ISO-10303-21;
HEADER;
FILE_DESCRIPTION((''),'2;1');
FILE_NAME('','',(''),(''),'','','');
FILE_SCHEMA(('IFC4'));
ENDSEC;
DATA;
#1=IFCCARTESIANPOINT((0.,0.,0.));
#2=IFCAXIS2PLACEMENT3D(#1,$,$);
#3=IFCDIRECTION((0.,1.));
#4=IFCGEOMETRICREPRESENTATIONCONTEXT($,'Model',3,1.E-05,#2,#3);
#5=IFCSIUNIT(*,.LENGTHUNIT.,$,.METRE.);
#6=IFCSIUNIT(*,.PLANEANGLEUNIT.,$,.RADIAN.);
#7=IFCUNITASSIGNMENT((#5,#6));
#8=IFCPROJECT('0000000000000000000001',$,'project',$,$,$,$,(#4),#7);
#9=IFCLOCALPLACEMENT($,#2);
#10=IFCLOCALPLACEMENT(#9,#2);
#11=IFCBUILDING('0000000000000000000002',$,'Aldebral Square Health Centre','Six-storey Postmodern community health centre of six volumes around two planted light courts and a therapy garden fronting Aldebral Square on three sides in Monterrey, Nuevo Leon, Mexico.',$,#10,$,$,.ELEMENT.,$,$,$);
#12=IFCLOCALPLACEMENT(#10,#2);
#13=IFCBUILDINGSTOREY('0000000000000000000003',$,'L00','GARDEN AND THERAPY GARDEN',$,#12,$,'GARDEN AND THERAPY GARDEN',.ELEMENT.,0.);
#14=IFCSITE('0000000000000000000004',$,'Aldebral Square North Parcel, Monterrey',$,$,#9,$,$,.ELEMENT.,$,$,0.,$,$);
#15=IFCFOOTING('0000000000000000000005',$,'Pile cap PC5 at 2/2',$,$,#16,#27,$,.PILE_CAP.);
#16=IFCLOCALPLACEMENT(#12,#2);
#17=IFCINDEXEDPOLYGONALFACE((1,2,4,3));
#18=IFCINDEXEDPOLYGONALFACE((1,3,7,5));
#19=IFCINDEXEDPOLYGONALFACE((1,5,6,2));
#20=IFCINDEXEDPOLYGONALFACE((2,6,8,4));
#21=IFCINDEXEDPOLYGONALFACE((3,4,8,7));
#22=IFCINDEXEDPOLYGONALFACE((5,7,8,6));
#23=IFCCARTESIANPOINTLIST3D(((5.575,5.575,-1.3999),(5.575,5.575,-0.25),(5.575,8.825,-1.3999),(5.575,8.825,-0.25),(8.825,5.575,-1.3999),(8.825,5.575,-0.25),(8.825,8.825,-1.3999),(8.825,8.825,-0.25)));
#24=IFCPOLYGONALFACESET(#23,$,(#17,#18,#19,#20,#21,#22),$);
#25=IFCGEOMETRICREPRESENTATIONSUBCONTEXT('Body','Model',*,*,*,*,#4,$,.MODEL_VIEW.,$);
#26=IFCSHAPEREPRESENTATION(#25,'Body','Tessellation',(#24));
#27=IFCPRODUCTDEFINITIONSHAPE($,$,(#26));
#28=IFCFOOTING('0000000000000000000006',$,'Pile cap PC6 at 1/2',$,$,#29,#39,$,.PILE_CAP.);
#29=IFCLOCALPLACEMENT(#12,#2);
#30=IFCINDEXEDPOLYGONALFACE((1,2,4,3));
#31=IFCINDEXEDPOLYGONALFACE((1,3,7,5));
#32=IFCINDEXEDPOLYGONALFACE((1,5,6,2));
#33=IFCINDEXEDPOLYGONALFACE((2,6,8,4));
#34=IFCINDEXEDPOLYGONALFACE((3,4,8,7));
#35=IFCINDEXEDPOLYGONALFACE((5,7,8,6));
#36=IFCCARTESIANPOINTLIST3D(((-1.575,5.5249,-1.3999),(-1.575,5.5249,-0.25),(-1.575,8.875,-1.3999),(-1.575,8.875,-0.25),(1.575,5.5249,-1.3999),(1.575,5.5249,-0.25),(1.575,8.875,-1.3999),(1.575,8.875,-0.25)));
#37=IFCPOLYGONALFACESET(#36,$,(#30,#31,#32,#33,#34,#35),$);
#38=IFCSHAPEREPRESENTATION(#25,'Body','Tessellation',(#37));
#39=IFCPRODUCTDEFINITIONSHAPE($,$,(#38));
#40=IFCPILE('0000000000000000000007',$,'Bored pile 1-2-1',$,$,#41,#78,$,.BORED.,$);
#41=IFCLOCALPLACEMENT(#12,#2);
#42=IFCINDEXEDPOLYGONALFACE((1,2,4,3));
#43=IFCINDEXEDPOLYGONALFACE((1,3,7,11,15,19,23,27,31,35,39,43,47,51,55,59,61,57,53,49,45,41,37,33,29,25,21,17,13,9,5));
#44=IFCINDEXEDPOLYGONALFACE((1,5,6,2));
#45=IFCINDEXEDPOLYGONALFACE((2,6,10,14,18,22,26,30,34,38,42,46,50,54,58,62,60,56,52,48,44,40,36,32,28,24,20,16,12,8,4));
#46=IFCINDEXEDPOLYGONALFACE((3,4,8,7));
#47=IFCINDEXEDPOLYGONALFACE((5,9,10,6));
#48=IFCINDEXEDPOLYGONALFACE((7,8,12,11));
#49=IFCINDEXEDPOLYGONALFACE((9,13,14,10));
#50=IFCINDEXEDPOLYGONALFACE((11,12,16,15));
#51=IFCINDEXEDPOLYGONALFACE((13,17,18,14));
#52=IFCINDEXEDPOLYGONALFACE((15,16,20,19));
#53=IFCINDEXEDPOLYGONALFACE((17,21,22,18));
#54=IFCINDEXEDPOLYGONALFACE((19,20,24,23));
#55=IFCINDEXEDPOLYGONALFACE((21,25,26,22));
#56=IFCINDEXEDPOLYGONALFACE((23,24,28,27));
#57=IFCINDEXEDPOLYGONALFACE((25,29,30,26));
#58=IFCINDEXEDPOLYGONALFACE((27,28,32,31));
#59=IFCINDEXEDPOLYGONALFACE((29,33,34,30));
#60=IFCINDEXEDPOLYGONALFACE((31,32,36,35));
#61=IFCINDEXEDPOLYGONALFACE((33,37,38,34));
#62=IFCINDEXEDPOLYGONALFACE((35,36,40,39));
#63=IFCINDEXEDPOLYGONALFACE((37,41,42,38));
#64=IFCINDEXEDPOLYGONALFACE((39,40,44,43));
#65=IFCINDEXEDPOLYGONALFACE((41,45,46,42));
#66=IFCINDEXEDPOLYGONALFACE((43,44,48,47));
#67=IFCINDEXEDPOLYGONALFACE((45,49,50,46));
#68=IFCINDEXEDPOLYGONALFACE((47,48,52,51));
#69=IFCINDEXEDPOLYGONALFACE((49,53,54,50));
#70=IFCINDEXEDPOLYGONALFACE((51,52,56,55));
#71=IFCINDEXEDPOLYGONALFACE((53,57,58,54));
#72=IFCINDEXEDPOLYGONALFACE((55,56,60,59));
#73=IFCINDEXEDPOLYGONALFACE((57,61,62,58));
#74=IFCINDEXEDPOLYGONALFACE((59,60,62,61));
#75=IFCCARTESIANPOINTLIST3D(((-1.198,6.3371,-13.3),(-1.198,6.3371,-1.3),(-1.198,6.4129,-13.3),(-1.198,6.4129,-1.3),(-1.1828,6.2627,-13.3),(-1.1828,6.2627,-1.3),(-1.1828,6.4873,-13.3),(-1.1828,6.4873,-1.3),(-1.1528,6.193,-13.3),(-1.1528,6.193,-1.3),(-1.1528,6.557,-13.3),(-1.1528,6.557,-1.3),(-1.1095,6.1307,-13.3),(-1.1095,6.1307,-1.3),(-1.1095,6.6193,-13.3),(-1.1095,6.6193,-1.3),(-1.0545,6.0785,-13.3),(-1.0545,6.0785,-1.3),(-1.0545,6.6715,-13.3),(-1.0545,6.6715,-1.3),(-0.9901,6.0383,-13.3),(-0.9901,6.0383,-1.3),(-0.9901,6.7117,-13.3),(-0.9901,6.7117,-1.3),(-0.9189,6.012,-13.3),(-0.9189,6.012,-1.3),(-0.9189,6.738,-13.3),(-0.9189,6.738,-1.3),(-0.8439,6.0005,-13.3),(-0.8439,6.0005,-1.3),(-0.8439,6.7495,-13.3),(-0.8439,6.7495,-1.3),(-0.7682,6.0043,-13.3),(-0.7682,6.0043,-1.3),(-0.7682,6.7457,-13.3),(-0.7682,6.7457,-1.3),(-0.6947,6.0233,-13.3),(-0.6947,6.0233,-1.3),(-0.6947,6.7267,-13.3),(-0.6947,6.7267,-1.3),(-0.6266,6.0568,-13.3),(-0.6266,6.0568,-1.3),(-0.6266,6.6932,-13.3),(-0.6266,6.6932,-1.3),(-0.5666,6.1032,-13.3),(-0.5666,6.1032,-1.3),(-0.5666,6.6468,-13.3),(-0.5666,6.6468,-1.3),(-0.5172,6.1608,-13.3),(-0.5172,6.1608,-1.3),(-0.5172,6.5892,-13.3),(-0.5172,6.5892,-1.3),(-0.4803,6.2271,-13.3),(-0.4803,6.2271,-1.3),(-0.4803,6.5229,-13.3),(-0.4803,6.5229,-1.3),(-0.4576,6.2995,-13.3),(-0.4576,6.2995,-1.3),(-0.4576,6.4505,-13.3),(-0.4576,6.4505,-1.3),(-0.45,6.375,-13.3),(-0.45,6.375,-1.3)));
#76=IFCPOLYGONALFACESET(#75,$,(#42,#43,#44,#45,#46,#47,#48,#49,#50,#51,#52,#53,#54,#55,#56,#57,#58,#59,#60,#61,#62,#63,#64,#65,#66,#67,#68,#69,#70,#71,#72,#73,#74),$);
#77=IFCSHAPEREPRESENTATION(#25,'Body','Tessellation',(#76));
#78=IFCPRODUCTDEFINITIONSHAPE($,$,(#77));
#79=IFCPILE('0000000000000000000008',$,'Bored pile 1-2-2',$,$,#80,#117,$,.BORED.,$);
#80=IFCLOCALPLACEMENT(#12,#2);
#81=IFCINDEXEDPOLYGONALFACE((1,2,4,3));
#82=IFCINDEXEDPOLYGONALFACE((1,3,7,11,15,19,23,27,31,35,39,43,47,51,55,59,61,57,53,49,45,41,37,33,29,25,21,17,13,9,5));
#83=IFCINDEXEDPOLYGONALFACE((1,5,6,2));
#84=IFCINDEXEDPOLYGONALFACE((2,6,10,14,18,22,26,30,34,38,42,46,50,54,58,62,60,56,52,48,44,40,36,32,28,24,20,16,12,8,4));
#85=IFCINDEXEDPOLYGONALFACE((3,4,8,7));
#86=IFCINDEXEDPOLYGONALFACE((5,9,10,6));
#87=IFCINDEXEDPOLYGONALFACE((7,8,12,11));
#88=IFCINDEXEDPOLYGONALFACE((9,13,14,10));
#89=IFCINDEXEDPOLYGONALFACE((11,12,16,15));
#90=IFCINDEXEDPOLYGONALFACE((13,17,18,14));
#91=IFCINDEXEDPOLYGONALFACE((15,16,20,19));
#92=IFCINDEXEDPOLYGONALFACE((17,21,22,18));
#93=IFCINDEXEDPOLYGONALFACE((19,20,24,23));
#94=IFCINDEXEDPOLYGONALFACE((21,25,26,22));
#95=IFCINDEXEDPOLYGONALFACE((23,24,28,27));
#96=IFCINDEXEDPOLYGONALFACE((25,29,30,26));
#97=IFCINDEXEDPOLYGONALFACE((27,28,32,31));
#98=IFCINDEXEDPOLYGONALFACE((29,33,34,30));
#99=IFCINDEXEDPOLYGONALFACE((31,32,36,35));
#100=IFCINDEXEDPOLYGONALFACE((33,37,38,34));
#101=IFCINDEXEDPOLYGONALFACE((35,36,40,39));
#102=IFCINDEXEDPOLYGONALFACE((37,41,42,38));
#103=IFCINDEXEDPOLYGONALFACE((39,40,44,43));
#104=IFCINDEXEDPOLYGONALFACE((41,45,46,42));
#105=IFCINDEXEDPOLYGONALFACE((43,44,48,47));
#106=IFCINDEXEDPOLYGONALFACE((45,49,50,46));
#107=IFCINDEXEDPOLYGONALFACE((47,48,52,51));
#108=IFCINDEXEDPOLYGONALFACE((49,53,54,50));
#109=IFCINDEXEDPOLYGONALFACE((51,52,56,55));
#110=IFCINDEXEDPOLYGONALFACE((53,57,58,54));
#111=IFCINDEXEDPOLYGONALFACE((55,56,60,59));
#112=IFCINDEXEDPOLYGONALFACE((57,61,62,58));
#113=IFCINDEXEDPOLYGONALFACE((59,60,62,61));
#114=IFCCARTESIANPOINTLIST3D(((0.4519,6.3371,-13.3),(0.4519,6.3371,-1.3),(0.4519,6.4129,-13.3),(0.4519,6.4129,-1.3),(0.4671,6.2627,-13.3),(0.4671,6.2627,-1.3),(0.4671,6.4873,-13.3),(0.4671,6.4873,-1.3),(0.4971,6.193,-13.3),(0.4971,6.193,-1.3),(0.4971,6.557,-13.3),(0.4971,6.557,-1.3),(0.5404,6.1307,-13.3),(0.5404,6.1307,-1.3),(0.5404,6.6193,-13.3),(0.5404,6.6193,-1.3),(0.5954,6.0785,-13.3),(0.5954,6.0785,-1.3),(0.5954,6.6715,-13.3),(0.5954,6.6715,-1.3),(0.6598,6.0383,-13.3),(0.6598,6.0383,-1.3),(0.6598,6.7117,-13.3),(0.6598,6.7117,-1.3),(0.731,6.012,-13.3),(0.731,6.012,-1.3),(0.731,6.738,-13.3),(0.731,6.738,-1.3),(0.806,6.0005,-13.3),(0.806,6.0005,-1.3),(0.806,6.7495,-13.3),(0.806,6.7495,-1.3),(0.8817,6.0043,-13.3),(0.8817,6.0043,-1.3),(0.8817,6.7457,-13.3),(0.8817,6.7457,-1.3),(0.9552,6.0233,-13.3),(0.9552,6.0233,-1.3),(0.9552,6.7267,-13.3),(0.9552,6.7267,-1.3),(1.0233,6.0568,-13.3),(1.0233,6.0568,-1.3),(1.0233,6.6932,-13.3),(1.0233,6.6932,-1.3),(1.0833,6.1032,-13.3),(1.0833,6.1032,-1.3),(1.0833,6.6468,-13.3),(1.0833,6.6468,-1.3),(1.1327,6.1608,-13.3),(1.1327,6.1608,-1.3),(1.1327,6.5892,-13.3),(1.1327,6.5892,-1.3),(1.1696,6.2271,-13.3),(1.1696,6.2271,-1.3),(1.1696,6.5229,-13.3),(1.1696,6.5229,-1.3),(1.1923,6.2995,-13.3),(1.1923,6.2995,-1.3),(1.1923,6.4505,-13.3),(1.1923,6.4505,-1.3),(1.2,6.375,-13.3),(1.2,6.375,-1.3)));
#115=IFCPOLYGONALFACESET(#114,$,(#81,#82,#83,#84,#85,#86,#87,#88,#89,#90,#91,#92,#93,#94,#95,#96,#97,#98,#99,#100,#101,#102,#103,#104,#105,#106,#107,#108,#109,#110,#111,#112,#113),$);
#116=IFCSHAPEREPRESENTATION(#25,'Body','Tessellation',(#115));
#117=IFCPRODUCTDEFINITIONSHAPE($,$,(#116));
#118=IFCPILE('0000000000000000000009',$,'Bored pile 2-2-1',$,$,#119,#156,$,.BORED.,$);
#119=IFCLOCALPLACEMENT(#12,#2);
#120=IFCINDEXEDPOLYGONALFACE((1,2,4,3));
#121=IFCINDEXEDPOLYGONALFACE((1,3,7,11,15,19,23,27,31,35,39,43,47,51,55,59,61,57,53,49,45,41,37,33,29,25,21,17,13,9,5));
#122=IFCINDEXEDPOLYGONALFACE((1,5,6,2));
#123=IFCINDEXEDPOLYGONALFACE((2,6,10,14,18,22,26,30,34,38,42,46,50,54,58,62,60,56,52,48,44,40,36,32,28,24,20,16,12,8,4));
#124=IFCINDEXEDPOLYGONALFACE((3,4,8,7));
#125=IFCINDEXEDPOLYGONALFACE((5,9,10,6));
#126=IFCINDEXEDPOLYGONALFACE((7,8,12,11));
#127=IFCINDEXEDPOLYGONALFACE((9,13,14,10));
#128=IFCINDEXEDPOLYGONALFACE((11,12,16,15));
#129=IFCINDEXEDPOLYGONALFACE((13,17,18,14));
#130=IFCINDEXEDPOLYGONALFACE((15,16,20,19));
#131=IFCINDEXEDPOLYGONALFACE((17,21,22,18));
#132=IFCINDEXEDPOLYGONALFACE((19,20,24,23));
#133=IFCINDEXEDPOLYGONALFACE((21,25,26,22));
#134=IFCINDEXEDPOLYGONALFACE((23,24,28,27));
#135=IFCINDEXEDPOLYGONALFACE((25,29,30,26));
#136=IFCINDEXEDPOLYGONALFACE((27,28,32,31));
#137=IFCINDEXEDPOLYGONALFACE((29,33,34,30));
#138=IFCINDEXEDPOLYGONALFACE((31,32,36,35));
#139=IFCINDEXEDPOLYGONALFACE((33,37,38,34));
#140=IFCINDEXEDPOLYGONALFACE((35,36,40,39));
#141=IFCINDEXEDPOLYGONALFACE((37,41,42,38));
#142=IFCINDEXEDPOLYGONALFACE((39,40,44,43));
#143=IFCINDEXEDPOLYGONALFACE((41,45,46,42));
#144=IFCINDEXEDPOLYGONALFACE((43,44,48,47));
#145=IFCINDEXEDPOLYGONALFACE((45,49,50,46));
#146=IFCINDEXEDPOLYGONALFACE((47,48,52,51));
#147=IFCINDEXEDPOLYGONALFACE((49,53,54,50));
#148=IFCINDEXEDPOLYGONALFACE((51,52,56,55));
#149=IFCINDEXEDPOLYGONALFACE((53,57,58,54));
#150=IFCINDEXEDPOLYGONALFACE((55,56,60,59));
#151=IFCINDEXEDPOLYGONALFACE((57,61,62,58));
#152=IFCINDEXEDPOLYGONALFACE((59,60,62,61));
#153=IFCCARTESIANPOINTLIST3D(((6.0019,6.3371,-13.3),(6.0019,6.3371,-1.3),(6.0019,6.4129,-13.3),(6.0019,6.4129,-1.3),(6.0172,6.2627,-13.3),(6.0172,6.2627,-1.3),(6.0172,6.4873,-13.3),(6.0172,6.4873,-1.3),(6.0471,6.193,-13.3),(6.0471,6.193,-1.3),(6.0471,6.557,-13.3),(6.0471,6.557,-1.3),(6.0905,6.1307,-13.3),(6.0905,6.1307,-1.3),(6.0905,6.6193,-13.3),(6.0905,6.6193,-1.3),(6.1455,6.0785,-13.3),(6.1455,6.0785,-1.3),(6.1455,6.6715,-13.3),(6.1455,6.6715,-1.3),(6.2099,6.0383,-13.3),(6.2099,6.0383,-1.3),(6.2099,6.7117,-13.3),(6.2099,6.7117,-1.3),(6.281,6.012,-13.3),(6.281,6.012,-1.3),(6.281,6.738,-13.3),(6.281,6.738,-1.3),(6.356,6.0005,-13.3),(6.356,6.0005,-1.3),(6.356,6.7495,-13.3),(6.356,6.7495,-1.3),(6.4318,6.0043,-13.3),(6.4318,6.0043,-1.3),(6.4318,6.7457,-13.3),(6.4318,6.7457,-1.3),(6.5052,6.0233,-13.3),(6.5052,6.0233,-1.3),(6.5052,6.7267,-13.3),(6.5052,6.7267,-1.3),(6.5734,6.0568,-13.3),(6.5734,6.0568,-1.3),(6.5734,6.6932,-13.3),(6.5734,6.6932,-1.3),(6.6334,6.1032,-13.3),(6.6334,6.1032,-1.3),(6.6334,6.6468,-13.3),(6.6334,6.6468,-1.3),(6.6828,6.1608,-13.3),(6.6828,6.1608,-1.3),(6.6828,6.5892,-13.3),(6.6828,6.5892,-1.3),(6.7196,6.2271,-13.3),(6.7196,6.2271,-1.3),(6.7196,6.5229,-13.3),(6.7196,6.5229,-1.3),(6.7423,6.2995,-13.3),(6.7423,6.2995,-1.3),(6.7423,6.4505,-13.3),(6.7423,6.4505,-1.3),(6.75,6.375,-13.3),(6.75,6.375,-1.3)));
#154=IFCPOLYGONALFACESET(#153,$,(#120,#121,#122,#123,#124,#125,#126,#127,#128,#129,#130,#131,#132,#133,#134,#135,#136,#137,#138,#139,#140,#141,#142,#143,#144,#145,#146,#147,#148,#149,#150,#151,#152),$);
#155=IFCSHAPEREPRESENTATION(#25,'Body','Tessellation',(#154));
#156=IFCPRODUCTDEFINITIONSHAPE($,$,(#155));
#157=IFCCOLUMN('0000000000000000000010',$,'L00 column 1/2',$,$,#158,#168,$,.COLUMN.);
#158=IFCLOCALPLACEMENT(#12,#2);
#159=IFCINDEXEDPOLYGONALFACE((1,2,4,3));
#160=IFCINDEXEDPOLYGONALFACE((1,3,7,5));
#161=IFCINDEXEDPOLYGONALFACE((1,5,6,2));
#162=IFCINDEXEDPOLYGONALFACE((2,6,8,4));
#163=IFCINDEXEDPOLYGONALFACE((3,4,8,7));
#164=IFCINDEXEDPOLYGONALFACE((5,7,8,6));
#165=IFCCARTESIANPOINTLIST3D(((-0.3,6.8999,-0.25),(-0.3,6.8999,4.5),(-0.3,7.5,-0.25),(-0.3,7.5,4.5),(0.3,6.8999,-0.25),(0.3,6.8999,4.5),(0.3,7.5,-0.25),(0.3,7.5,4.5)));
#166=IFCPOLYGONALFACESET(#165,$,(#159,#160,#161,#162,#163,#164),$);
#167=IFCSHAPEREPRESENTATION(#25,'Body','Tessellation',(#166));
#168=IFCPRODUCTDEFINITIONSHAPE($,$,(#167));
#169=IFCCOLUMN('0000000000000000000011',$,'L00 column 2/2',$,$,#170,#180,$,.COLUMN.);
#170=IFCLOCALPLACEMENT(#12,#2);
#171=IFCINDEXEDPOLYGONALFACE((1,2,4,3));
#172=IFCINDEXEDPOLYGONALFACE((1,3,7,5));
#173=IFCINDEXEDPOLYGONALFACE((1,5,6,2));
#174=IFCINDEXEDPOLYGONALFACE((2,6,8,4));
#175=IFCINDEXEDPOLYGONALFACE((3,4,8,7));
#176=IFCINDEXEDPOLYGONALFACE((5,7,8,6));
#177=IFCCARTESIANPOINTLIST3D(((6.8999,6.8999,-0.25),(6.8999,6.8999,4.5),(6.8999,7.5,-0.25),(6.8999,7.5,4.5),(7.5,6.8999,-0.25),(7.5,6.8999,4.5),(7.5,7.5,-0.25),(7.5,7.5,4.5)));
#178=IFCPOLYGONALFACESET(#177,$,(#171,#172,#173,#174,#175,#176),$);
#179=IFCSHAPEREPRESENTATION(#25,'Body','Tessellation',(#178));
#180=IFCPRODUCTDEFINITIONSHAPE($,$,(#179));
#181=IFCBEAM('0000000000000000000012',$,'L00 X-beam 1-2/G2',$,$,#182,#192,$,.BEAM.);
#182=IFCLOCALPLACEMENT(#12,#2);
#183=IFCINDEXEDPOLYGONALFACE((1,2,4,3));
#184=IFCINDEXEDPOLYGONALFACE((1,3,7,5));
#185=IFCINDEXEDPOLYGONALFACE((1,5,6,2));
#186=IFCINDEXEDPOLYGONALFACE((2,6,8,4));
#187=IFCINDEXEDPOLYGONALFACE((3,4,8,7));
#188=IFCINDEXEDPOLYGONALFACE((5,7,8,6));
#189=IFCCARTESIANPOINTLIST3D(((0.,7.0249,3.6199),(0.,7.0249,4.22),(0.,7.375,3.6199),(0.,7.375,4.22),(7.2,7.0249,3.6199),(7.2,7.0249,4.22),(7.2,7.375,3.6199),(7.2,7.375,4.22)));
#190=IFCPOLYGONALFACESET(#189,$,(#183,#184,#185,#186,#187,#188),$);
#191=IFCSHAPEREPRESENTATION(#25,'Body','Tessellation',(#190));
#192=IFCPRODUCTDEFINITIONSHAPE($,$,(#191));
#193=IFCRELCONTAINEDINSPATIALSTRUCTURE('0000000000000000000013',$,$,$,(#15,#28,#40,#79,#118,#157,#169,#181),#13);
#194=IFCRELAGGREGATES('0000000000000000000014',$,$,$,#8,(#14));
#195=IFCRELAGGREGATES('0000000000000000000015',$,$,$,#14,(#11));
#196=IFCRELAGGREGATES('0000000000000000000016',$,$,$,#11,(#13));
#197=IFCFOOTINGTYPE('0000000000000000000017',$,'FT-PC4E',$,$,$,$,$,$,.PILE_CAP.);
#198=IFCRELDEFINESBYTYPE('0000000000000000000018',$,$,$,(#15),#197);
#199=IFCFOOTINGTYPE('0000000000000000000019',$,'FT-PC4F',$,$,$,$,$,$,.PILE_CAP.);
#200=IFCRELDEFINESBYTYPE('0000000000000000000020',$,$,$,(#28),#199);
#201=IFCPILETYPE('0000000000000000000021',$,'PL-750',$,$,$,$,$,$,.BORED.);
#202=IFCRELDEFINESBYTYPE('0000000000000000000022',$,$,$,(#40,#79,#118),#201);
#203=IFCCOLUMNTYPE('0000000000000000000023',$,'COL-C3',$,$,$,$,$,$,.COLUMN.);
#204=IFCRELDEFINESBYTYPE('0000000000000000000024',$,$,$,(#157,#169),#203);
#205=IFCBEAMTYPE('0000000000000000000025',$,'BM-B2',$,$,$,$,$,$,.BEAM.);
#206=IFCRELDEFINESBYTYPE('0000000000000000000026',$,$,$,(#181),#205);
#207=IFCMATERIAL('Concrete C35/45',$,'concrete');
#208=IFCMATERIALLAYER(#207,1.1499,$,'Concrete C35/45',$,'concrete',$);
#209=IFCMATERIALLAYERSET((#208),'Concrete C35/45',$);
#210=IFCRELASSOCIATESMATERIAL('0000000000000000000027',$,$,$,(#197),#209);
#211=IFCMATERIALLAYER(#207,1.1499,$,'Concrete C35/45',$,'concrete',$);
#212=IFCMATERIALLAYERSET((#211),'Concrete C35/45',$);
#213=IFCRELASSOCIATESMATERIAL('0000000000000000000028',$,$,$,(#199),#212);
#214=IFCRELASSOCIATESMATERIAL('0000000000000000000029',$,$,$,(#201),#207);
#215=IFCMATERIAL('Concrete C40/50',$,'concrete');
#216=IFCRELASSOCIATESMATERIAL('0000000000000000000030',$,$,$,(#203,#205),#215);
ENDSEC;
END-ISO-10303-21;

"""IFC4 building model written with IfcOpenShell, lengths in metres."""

from ifc_helpers import new_model, si_unit, direction, frame, origin, origin_2d, place, context, subcontext, project, spatial, rectangle, circle, extrude, material, layer, layer_set, material_profile, profile_set, type_object, element, save


model = new_model("IFC4")

# Units and contexts
model_context = context("Model", 3, precision=1e-05, world=origin(), true_north=direction((0.0, 1.0)))
body_context = subcontext(model_context, "Body", "Model", "MODEL_VIEW")
ifc_project = project(units=[si_unit("LENGTHUNIT", "METRE"), si_unit("PLANEANGLEUNIT", "RADIAN")], contexts=[model_context])

# Site, building, storey
site_placement = place(None, origin())
site = spatial("IfcSite", under=ifc_project, at=site_placement, Name="Aldebral Square North Parcel, Monterrey", CompositionType="ELEMENT", RefElevation=0.0)
building_placement = place(site_placement, origin())
building = spatial("IfcBuilding", under=site, at=building_placement, Name="Aldebral Square Health Centre", Description="Six-storey Postmodern community health centre of six volumes around two planted light courts and a therapy garden fronting Aldebral Square on three sides in Monterrey, Nuevo Leon, Mexico.", CompositionType="ELEMENT")
storey_placement = place(building_placement, origin())
storey = spatial("IfcBuildingStorey", under=building, at=storey_placement, Name="L00", Description="GARDEN AND THERAPY GARDEN", LongName="GARDEN AND THERAPY GARDEN", CompositionType="ELEMENT", Elevation=0.0)

# Footings
ifc_material_1 = material(Name="Concrete C35/45", Category="concrete")
ifc_layer_1 = layer(ifc_material_1, 1.1499, Name="Concrete C35/45", Category="concrete")
ifc_layer_set_1 = layer_set([ifc_layer_1], Name="Concrete C35/45")
footing_type_1 = type_object("IfcFootingType", Name="FT-PC4E", PredefinedType="PILE_CAP", material=ifc_layer_set_1)
footing_1_placement = place(storey_placement, frame((7.2, 7.2, -1.3999), z_axis=(0.0, 0.0, 1.0), x_axis=(1.0, 0.0, 0.0)))
element("IfcFooting", 1, at=footing_1_placement, inside=storey, type_object=footing_type_1, Name="Pile cap PC5 at 2/2", PredefinedType="PILE_CAP", context=body_context, shape_type="SweptSolid", body=[
    extrude(rectangle(XDim=3.25, YDim=3.25, at=origin_2d()), origin(), (0.0, 0.0, 1.0), 1.1499),
])
ifc_layer_2 = layer(ifc_material_1, 1.1499, Name="Concrete C35/45", Category="concrete")
ifc_layer_set_2 = layer_set([ifc_layer_2], Name="Concrete C35/45")
footing_type_2 = type_object("IfcFootingType", Name="FT-PC4F", PredefinedType="PILE_CAP", material=ifc_layer_set_2)
footing_2_placement = place(storey_placement, frame((0.0, 7.2, -1.3999), z_axis=(0.0, 0.0, 1.0), x_axis=(1.0, 0.0, 0.0)))
element("IfcFooting", 2, at=footing_2_placement, inside=storey, type_object=footing_type_2, Name="Pile cap PC6 at 1/2", PredefinedType="PILE_CAP", context=body_context, shape_type="SweptSolid", body=[
    extrude(rectangle(XDim=3.1499, YDim=3.3501, at=origin_2d()), origin(), (0.0, 0.0, 1.0), 1.1499),
])

# Piles
ifc_material_profile_1 = material_profile(ifc_material_1, circle(Radius=0.375, at=origin_2d()), Name="PILE D750")
ifc_profile_set_1 = profile_set([ifc_material_profile_1], Name="Concrete C35/45")
pile_type = type_object("IfcPileType", Name="PL-750", PredefinedType="BORED", material=ifc_profile_set_1)
for number, where, z_axis, x_axis, name in (
    (3, (-0.825, 6.375, -1.3), (0.0, 0.0, -1.0), (1.0, 0.0, 0.0), "Bored pile 1-2-1"),
    (4, (0.825, 6.375, -1.3), (0.0, 0.0, -1.0), (1.0, 0.0, 0.0), "Bored pile 1-2-2"),
    (5, (6.375, 6.375, -1.3), (0.0, 0.0, -1.0), (1.0, 0.0, 0.0), "Bored pile 2-2-1"),
):
    element("IfcPile", number, at=place(storey_placement, frame(where, z_axis=z_axis, x_axis=x_axis)), inside=storey, type_object=pile_type, Name=name, PredefinedType="BORED", context=body_context, shape_type="SweptSolid", body=[
        extrude(circle(Radius=0.375, at=origin_2d()), origin(), (0.0, 0.0, 1.0), 12.0),
    ])

# Columns
ifc_material_2 = material(Name="Concrete C40/50", Category="concrete")
ifc_material_profile_2 = material_profile(ifc_material_2, rectangle(XDim=0.6001, YDim=0.6001, at=origin_2d()), Name="RC 600x600")
ifc_profile_set_2 = profile_set([ifc_material_profile_2], Name="Concrete C40/50")
column_type = type_object("IfcColumnType", Name="COL-C3", PredefinedType="COLUMN", material=ifc_profile_set_2)
for number, where, z_axis, x_axis, name in (
    (6, (0.0, 7.2, -0.25), (0.0, 0.0, 1.0), (1.0, 0.0, 0.0), "L00 column 1/2"),
    (7, (7.2, 7.2, -0.25), (0.0, 0.0, 1.0), (1.0, 0.0, 0.0), "L00 column 2/2"),
):
    element("IfcColumn", number, at=place(storey_placement, frame(where, z_axis=z_axis, x_axis=x_axis)), inside=storey, type_object=column_type, Name=name, PredefinedType="COLUMN", context=body_context, shape_type="SweptSolid", body=[
        extrude(rectangle(XDim=0.6001, YDim=0.6001, at=origin_2d()), origin(), (0.0, 0.0, 1.0), 4.75),
    ])

# Beam
ifc_material_profile_3 = material_profile(ifc_material_2, rectangle(XDim=0.3501, YDim=0.6001, at=origin_2d()), Name="RC 350x600")
ifc_profile_set_3 = profile_set([ifc_material_profile_3], Name="Concrete C40/50")
beam_type_1 = type_object("IfcBeamType", Name="BM-B2", PredefinedType="BEAM", material=ifc_profile_set_3)
beam_1_placement = place(storey_placement, frame((0.0, 7.2, 3.9199), z_axis=(1.0, 0.0, 0.0), x_axis=(0.0, 1.0, 0.0)))
element("IfcBeam", 8, at=beam_1_placement, inside=storey, type_object=beam_type_1, Name="L00 X-beam 1-2/G2", PredefinedType="BEAM", context=body_context, shape_type="SweptSolid", body=[
    extrude(rectangle(XDim=0.3501, YDim=0.6001, at=origin_2d()), origin(), (0.0, 0.0, 1.0), 7.2),
])

save(model, "model.ifc")
